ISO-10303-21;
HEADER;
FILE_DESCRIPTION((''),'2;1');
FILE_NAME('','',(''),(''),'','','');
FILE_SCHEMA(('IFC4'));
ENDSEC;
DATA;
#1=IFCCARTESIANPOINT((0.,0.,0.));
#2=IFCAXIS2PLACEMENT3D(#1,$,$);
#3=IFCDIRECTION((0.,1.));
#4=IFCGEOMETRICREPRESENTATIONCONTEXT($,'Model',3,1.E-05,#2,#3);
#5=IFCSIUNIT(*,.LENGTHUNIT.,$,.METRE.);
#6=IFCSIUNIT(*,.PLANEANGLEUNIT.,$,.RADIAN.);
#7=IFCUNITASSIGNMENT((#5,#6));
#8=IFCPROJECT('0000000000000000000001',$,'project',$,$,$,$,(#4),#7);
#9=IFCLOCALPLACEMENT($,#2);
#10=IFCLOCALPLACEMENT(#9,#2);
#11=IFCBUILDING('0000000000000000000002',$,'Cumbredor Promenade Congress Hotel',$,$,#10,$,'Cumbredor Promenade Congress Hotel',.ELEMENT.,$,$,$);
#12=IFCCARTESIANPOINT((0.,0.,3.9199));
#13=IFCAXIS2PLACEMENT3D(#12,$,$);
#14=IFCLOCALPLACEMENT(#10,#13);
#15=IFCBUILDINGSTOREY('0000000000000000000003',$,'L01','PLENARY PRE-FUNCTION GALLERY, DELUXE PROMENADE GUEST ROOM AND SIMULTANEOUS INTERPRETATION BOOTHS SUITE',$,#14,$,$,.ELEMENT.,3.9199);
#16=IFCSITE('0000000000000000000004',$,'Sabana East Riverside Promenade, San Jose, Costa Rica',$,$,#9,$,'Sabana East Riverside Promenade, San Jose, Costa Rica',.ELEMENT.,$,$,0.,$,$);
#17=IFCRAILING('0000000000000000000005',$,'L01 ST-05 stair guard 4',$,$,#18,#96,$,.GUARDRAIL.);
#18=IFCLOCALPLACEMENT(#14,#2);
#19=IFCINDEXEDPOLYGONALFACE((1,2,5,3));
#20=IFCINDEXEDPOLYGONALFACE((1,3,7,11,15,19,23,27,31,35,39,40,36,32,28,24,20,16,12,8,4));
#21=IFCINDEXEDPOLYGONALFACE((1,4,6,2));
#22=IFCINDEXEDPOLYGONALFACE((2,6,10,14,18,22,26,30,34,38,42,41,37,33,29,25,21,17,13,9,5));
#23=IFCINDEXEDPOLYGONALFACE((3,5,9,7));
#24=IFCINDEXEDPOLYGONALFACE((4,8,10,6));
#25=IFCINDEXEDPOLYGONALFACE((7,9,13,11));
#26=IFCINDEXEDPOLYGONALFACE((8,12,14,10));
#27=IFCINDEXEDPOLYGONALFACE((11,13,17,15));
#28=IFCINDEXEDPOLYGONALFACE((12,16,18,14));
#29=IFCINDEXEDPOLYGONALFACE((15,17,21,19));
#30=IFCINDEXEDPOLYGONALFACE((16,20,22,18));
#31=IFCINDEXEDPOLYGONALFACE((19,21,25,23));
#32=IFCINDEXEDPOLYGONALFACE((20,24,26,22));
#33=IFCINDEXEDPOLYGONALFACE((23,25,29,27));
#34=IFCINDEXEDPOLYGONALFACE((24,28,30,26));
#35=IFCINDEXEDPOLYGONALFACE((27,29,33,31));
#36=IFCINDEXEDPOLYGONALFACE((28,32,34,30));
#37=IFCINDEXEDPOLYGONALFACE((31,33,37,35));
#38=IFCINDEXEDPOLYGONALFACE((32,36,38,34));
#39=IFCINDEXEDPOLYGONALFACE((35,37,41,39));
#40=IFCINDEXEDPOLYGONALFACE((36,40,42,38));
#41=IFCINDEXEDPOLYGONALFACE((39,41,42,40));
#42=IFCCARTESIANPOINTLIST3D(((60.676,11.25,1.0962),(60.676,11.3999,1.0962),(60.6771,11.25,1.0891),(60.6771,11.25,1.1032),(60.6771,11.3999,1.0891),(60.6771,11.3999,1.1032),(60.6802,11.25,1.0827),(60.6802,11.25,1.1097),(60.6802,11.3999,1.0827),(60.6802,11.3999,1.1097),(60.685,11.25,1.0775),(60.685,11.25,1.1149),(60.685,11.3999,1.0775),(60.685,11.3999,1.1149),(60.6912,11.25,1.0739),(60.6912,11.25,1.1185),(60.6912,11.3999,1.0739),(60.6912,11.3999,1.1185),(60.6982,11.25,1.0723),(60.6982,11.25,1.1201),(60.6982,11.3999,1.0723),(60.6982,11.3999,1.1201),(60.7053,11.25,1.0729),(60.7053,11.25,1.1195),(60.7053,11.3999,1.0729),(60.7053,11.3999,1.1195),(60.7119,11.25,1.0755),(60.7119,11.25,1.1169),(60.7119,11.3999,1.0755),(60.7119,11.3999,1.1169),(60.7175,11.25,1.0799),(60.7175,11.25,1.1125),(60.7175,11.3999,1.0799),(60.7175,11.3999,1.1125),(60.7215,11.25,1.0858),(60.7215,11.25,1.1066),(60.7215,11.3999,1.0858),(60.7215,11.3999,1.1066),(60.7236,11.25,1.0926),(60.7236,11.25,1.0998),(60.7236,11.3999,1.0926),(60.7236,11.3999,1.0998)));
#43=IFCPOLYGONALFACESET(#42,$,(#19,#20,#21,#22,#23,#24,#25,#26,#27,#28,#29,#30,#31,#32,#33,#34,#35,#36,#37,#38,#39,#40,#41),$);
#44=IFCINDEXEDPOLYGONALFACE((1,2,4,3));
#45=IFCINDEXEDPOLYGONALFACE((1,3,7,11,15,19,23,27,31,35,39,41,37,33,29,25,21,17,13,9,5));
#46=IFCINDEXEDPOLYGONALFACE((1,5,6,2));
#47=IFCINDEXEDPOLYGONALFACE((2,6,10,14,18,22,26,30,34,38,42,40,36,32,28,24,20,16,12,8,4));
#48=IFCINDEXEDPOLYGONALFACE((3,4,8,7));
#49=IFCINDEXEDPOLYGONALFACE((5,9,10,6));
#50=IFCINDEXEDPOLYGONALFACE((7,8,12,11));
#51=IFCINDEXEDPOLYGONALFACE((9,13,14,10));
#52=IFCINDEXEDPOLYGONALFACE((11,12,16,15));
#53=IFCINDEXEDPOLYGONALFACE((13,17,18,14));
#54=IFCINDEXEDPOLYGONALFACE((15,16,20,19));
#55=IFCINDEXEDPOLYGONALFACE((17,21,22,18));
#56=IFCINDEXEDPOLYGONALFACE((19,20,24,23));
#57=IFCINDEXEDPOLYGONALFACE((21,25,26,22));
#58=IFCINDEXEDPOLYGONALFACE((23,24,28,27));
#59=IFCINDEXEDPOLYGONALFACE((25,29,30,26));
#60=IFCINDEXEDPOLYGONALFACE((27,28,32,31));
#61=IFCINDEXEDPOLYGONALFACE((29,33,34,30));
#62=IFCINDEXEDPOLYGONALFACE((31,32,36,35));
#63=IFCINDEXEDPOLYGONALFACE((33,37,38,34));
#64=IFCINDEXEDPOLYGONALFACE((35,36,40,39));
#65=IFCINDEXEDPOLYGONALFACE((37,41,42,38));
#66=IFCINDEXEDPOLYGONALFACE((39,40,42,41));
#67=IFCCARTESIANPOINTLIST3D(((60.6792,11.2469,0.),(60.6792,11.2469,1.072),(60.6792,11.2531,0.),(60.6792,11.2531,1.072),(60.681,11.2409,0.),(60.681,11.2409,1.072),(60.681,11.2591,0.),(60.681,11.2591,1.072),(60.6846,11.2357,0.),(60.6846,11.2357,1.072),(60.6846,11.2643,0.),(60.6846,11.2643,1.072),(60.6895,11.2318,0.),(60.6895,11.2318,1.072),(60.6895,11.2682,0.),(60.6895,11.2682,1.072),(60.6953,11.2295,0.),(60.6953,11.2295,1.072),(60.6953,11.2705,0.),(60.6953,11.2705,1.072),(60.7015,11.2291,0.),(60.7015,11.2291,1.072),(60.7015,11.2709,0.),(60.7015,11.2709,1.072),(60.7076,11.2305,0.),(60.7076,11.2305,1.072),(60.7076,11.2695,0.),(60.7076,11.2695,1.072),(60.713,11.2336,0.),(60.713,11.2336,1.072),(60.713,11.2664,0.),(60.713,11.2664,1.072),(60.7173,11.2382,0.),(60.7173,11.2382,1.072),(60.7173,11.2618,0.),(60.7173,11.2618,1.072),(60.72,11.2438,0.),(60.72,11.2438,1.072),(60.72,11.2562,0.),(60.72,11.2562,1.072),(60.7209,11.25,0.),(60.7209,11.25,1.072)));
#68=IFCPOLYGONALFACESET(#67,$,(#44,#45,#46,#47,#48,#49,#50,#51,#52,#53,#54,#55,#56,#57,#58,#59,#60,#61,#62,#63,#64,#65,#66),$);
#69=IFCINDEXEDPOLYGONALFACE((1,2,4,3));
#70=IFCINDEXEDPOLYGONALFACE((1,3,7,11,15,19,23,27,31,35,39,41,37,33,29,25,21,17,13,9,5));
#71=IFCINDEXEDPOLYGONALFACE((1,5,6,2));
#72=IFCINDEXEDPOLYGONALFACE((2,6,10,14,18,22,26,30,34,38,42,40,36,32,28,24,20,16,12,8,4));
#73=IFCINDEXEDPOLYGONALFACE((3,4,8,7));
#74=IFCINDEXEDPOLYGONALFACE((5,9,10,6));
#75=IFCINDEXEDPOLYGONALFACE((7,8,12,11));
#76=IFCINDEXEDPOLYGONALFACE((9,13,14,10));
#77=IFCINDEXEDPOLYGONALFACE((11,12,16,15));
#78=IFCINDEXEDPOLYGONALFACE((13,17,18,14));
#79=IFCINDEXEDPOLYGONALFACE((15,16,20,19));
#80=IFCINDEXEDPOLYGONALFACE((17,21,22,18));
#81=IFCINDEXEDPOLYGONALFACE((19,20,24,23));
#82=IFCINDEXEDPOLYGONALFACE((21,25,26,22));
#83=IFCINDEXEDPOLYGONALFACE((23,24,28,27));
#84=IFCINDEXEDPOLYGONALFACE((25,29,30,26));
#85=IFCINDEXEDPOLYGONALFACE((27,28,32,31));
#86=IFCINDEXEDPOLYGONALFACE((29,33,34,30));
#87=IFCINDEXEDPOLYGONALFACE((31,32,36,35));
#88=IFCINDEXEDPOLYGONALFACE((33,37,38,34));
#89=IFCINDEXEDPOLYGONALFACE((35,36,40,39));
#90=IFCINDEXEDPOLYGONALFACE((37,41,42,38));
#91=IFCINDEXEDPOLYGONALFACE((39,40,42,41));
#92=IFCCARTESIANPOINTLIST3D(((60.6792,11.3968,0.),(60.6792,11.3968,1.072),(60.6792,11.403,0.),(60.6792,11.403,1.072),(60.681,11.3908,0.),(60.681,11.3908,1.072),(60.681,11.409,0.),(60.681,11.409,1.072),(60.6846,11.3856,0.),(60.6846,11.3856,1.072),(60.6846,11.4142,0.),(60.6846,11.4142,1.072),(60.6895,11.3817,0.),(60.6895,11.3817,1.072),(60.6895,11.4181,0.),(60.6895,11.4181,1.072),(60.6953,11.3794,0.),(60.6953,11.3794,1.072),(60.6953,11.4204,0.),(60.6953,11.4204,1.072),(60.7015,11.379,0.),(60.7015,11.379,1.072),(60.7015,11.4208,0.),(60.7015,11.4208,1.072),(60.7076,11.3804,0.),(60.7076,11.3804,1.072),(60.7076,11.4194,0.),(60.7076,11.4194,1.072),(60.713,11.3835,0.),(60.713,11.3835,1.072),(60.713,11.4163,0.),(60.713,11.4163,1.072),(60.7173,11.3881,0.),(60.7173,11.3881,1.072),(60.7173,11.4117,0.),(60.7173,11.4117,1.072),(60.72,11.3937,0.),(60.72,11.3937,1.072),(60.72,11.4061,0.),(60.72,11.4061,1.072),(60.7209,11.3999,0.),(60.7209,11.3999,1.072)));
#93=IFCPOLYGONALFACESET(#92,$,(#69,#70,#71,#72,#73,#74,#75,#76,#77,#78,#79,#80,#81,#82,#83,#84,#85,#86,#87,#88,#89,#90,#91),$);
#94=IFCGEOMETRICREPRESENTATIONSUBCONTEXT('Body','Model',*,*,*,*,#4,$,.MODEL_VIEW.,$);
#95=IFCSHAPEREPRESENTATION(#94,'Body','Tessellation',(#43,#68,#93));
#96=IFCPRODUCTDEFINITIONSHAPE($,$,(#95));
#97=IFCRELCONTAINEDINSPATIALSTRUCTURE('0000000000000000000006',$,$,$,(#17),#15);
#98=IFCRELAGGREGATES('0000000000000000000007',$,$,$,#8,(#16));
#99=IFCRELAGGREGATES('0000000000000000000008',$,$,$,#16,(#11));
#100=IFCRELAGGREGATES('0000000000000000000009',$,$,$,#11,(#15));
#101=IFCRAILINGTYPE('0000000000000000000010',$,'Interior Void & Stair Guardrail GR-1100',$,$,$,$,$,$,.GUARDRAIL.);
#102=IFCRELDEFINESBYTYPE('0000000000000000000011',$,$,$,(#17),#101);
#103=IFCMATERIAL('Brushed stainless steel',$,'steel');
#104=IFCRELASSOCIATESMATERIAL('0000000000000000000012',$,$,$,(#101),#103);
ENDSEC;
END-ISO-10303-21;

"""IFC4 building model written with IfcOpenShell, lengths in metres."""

from ifc_helpers import new_model, si_unit, direction, frame, origin, origin_2d, place, context, subcontext, project, spatial, circle, extrude, material, type_object, element, save


model = new_model("IFC4")

# Units and contexts
model_context = context("Model", 3, precision=1e-05, world=origin(), true_north=direction((0.0, 1.0)))
body_context = subcontext(model_context, "Body", "Model", "MODEL_VIEW")
ifc_project = project(units=[si_unit("LENGTHUNIT", "METRE"), si_unit("PLANEANGLEUNIT", "RADIAN")], contexts=[model_context])

# Site, building, storey
site_placement = place(None, origin())
site = spatial("IfcSite", under=ifc_project, at=site_placement, Name="Sabana East Riverside Promenade, San Jose, Costa Rica", LongName="Sabana East Riverside Promenade, San Jose, Costa Rica", CompositionType="ELEMENT", RefElevation=0.0)
building_placement = place(site_placement, origin())
building = spatial("IfcBuilding", under=site, at=building_placement, Name="Cumbredor Promenade Congress Hotel", LongName="Cumbredor Promenade Congress Hotel", CompositionType="ELEMENT")
storey_placement = place(building_placement, frame((0.0, 0.0, 3.9199)))
storey = spatial("IfcBuildingStorey", under=building, at=storey_placement, Name="L01", Description="PLENARY PRE-FUNCTION GALLERY, DELUXE PROMENADE GUEST ROOM AND SIMULTANEOUS INTERPRETATION BOOTHS SUITE", CompositionType="ELEMENT", Elevation=3.9199)

# Railing
ifc_material_1 = material(Name="Brushed stainless steel", Category="steel")
railing_type_1 = type_object("IfcRailingType", Name="Interior Void & Stair Guardrail GR-1100", PredefinedType="GUARDRAIL", material=ifc_material_1)
railing_1_placement = place(storey_placement, frame((60.7, 11.25, 0.0)))
element("IfcRailing", 1, at=railing_1_placement, inside=storey, type_object=railing_type_1, Name="L01 ST-05 stair guard 4", PredefinedType="GUARDRAIL", context=body_context, shape_type="SweptSolid", body=[
    extrude(circle(Radius=0.0239, at=origin_2d()), frame((0.0, 0.0, 1.0962), z_axis=(0.0, 1.0, 0.0), x_axis=(-1.0, 0.0, 0.0)), (0.0, 0.0, 1.0), 0.1499),
    extrude(circle(Radius=0.021, at=origin_2d()), origin(), (0.0, 0.0, 1.0), 1.072),
    extrude(circle(Radius=0.021, at=origin_2d()), frame((0.0, 0.1499, 0.0)), (0.0, 0.0, 1.0), 1.072),
])

save(model, "model.ifc")
